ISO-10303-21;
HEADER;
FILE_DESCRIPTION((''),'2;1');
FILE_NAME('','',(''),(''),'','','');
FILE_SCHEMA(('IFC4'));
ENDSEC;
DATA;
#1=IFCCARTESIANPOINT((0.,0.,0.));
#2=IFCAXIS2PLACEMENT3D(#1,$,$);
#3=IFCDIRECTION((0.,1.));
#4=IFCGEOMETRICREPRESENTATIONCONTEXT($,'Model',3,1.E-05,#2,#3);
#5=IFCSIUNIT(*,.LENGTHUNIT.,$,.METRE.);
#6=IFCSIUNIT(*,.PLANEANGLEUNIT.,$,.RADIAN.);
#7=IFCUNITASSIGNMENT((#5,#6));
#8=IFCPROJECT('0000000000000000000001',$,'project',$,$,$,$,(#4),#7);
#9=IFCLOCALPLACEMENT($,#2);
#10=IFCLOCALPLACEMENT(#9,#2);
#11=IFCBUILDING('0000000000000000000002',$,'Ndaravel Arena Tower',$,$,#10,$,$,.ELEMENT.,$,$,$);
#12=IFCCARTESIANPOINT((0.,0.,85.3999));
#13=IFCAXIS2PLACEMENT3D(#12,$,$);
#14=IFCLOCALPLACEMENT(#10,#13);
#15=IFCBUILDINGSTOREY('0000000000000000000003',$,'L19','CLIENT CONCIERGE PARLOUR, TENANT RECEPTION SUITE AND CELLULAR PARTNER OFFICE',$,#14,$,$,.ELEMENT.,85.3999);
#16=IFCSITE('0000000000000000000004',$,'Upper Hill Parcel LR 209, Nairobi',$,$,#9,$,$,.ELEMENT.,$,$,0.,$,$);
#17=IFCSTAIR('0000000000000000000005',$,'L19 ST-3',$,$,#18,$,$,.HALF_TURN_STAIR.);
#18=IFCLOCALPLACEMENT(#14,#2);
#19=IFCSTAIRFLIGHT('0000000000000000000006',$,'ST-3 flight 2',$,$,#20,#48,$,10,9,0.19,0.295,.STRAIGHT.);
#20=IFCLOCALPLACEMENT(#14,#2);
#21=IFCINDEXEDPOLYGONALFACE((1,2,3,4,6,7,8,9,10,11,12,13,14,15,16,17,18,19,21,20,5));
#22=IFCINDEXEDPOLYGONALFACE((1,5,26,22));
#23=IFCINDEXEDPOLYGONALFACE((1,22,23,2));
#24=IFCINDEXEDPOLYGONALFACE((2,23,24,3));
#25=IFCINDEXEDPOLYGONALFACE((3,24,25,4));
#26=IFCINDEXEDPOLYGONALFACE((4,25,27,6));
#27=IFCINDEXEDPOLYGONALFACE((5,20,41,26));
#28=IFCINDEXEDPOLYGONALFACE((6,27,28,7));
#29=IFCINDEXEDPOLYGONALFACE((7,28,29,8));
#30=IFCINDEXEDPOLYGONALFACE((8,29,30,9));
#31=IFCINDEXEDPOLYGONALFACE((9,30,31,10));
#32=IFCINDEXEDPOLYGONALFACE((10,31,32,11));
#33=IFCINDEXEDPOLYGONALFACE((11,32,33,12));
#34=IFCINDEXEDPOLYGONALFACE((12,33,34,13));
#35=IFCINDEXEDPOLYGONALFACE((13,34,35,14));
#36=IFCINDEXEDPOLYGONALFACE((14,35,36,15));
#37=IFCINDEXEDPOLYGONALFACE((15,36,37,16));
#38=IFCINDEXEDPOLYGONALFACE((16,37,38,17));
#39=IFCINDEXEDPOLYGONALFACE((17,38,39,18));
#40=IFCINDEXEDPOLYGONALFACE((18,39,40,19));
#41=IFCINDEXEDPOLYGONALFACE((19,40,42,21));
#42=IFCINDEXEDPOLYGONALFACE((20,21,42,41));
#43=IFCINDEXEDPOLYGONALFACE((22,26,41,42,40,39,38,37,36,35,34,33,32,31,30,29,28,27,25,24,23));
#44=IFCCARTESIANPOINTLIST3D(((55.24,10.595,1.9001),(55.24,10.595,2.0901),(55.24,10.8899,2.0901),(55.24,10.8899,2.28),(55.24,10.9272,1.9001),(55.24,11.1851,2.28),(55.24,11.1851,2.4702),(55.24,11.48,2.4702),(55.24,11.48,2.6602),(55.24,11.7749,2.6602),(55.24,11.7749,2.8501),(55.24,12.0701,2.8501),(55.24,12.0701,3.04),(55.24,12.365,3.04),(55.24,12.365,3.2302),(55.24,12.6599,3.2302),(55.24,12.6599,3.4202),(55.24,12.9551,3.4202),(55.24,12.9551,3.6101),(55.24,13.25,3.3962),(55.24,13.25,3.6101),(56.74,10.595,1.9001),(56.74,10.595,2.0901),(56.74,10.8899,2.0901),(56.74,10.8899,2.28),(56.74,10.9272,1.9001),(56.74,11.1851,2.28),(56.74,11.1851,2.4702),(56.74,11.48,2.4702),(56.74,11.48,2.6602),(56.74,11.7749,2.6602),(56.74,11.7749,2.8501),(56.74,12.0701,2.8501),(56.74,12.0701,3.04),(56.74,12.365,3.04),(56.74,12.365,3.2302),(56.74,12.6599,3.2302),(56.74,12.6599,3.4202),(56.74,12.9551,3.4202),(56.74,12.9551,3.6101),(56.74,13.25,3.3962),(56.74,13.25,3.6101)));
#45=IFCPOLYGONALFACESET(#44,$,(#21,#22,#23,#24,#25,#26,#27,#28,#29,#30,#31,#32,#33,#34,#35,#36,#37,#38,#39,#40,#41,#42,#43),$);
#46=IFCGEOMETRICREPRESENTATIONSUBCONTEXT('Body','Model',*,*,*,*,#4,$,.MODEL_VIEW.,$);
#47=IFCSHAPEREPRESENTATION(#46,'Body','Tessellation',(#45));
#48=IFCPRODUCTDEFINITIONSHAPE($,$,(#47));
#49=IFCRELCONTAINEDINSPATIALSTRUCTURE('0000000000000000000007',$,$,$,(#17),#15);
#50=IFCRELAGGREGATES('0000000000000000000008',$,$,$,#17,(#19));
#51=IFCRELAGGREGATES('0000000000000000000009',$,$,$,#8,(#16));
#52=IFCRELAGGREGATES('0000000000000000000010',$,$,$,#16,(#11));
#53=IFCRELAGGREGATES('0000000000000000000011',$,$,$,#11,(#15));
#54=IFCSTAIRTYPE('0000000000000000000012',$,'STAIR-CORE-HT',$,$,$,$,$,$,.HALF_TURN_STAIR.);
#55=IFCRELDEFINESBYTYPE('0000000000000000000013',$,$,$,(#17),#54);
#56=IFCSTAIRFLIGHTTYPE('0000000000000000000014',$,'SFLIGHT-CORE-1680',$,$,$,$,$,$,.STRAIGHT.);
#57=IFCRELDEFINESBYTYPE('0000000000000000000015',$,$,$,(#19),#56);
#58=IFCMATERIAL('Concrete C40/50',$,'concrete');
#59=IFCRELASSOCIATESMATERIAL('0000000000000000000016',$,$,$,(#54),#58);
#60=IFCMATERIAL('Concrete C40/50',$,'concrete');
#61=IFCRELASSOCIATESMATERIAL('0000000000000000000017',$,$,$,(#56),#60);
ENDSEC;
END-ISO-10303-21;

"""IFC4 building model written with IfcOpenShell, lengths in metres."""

from ifc_helpers import new_model, si_unit, direction, frame, origin, place, context, subcontext, project, spatial, polyline, outline, extrude, material, type_object, element, aggregate, save


model = new_model("IFC4")

# Units and contexts
model_context = context("Model", 3, precision=1e-05, world=origin(), true_north=direction((0.0, 1.0)))
body_context = subcontext(model_context, "Body", "Model", "MODEL_VIEW")
ifc_project = project(units=[si_unit("LENGTHUNIT", "METRE"), si_unit("PLANEANGLEUNIT", "RADIAN")], contexts=[model_context])

# Site, building, storey
site_placement = place(None, origin())
site = spatial("IfcSite", under=ifc_project, at=site_placement, Name="Upper Hill Parcel LR 209, Nairobi", CompositionType="ELEMENT", RefElevation=0.0)
building_placement = place(site_placement, origin())
building = spatial("IfcBuilding", under=site, at=building_placement, Name="Ndaravel Arena Tower", CompositionType="ELEMENT")
storey_placement = place(building_placement, frame((0.0, 0.0, 85.3999)))
storey = spatial("IfcBuildingStorey", under=building, at=storey_placement, Name="L19", Description="CLIENT CONCIERGE PARLOUR, TENANT RECEPTION SUITE AND CELLULAR PARTNER OFFICE", CompositionType="ELEMENT", Elevation=85.3999)

# Stair, stair flight
ifc_material_1 = material(Name="Concrete C40/50", Category="concrete")
stair_type = type_object("IfcStairType", Name="STAIR-CORE-HT", PredefinedType="HALF_TURN_STAIR", material=ifc_material_1)
stair_placement = place(storey_placement, origin())
stair = element("IfcStair", 1, at=stair_placement, inside=storey, type_object=stair_type, Name="L19 ST-3", PredefinedType="HALF_TURN_STAIR")
ifc_material_2 = material(Name="Concrete C40/50", Category="concrete")
stair_flight_type = type_object("IfcStairFlightType", Name="SFLIGHT-CORE-1680", PredefinedType="STRAIGHT", material=ifc_material_2)
stair_flight_1_placement = place(storey_placement, frame((55.99, 10.595, 1.9001), z_axis=(0.0, 0.0, 1.0), x_axis=(0.0, 1.0, 0.0)))
stair_flight_1 = element("IfcStairFlight", 2, at=stair_flight_1_placement, type_object=stair_flight_type, Name="ST-3 flight 2", NumberOfRisers=10, NumberOfTreads=9, PredefinedType="STRAIGHT", RiserHeight=0.19, TreadLength=0.295, context=body_context, shape_type="SweptSolid", body=[
    extrude(outline(polyline([(0.0, 0.0), (0.0, 0.1899), (0.2949, 0.1899), (0.2949, 0.3799), (0.5901, 0.3799), (0.5901, 0.5701), (0.885, 0.5701), (0.885, 0.76), (1.1799, 0.76), (1.1799, 0.95), (1.4751, 0.95), (1.4751, 1.1399), (1.77, 1.1399), (1.77, 1.3301), (2.0649, 1.3301), (2.0649, 1.52), (2.3601, 1.52), (2.3601, 1.71), (2.655, 1.71), (2.655, 1.8999), (2.655, 1.4961), (0.3323, 0.0), (0.0, 0.0)])), frame((0.0, 0.75, 0.0), z_axis=(0.0, -1.0, 0.0), x_axis=(1.0, 0.0, 0.0)), (0.0, 0.0, 1.0), 1.5),
])
aggregate(stair, [stair_flight_1])

save(model, "model.ifc")
